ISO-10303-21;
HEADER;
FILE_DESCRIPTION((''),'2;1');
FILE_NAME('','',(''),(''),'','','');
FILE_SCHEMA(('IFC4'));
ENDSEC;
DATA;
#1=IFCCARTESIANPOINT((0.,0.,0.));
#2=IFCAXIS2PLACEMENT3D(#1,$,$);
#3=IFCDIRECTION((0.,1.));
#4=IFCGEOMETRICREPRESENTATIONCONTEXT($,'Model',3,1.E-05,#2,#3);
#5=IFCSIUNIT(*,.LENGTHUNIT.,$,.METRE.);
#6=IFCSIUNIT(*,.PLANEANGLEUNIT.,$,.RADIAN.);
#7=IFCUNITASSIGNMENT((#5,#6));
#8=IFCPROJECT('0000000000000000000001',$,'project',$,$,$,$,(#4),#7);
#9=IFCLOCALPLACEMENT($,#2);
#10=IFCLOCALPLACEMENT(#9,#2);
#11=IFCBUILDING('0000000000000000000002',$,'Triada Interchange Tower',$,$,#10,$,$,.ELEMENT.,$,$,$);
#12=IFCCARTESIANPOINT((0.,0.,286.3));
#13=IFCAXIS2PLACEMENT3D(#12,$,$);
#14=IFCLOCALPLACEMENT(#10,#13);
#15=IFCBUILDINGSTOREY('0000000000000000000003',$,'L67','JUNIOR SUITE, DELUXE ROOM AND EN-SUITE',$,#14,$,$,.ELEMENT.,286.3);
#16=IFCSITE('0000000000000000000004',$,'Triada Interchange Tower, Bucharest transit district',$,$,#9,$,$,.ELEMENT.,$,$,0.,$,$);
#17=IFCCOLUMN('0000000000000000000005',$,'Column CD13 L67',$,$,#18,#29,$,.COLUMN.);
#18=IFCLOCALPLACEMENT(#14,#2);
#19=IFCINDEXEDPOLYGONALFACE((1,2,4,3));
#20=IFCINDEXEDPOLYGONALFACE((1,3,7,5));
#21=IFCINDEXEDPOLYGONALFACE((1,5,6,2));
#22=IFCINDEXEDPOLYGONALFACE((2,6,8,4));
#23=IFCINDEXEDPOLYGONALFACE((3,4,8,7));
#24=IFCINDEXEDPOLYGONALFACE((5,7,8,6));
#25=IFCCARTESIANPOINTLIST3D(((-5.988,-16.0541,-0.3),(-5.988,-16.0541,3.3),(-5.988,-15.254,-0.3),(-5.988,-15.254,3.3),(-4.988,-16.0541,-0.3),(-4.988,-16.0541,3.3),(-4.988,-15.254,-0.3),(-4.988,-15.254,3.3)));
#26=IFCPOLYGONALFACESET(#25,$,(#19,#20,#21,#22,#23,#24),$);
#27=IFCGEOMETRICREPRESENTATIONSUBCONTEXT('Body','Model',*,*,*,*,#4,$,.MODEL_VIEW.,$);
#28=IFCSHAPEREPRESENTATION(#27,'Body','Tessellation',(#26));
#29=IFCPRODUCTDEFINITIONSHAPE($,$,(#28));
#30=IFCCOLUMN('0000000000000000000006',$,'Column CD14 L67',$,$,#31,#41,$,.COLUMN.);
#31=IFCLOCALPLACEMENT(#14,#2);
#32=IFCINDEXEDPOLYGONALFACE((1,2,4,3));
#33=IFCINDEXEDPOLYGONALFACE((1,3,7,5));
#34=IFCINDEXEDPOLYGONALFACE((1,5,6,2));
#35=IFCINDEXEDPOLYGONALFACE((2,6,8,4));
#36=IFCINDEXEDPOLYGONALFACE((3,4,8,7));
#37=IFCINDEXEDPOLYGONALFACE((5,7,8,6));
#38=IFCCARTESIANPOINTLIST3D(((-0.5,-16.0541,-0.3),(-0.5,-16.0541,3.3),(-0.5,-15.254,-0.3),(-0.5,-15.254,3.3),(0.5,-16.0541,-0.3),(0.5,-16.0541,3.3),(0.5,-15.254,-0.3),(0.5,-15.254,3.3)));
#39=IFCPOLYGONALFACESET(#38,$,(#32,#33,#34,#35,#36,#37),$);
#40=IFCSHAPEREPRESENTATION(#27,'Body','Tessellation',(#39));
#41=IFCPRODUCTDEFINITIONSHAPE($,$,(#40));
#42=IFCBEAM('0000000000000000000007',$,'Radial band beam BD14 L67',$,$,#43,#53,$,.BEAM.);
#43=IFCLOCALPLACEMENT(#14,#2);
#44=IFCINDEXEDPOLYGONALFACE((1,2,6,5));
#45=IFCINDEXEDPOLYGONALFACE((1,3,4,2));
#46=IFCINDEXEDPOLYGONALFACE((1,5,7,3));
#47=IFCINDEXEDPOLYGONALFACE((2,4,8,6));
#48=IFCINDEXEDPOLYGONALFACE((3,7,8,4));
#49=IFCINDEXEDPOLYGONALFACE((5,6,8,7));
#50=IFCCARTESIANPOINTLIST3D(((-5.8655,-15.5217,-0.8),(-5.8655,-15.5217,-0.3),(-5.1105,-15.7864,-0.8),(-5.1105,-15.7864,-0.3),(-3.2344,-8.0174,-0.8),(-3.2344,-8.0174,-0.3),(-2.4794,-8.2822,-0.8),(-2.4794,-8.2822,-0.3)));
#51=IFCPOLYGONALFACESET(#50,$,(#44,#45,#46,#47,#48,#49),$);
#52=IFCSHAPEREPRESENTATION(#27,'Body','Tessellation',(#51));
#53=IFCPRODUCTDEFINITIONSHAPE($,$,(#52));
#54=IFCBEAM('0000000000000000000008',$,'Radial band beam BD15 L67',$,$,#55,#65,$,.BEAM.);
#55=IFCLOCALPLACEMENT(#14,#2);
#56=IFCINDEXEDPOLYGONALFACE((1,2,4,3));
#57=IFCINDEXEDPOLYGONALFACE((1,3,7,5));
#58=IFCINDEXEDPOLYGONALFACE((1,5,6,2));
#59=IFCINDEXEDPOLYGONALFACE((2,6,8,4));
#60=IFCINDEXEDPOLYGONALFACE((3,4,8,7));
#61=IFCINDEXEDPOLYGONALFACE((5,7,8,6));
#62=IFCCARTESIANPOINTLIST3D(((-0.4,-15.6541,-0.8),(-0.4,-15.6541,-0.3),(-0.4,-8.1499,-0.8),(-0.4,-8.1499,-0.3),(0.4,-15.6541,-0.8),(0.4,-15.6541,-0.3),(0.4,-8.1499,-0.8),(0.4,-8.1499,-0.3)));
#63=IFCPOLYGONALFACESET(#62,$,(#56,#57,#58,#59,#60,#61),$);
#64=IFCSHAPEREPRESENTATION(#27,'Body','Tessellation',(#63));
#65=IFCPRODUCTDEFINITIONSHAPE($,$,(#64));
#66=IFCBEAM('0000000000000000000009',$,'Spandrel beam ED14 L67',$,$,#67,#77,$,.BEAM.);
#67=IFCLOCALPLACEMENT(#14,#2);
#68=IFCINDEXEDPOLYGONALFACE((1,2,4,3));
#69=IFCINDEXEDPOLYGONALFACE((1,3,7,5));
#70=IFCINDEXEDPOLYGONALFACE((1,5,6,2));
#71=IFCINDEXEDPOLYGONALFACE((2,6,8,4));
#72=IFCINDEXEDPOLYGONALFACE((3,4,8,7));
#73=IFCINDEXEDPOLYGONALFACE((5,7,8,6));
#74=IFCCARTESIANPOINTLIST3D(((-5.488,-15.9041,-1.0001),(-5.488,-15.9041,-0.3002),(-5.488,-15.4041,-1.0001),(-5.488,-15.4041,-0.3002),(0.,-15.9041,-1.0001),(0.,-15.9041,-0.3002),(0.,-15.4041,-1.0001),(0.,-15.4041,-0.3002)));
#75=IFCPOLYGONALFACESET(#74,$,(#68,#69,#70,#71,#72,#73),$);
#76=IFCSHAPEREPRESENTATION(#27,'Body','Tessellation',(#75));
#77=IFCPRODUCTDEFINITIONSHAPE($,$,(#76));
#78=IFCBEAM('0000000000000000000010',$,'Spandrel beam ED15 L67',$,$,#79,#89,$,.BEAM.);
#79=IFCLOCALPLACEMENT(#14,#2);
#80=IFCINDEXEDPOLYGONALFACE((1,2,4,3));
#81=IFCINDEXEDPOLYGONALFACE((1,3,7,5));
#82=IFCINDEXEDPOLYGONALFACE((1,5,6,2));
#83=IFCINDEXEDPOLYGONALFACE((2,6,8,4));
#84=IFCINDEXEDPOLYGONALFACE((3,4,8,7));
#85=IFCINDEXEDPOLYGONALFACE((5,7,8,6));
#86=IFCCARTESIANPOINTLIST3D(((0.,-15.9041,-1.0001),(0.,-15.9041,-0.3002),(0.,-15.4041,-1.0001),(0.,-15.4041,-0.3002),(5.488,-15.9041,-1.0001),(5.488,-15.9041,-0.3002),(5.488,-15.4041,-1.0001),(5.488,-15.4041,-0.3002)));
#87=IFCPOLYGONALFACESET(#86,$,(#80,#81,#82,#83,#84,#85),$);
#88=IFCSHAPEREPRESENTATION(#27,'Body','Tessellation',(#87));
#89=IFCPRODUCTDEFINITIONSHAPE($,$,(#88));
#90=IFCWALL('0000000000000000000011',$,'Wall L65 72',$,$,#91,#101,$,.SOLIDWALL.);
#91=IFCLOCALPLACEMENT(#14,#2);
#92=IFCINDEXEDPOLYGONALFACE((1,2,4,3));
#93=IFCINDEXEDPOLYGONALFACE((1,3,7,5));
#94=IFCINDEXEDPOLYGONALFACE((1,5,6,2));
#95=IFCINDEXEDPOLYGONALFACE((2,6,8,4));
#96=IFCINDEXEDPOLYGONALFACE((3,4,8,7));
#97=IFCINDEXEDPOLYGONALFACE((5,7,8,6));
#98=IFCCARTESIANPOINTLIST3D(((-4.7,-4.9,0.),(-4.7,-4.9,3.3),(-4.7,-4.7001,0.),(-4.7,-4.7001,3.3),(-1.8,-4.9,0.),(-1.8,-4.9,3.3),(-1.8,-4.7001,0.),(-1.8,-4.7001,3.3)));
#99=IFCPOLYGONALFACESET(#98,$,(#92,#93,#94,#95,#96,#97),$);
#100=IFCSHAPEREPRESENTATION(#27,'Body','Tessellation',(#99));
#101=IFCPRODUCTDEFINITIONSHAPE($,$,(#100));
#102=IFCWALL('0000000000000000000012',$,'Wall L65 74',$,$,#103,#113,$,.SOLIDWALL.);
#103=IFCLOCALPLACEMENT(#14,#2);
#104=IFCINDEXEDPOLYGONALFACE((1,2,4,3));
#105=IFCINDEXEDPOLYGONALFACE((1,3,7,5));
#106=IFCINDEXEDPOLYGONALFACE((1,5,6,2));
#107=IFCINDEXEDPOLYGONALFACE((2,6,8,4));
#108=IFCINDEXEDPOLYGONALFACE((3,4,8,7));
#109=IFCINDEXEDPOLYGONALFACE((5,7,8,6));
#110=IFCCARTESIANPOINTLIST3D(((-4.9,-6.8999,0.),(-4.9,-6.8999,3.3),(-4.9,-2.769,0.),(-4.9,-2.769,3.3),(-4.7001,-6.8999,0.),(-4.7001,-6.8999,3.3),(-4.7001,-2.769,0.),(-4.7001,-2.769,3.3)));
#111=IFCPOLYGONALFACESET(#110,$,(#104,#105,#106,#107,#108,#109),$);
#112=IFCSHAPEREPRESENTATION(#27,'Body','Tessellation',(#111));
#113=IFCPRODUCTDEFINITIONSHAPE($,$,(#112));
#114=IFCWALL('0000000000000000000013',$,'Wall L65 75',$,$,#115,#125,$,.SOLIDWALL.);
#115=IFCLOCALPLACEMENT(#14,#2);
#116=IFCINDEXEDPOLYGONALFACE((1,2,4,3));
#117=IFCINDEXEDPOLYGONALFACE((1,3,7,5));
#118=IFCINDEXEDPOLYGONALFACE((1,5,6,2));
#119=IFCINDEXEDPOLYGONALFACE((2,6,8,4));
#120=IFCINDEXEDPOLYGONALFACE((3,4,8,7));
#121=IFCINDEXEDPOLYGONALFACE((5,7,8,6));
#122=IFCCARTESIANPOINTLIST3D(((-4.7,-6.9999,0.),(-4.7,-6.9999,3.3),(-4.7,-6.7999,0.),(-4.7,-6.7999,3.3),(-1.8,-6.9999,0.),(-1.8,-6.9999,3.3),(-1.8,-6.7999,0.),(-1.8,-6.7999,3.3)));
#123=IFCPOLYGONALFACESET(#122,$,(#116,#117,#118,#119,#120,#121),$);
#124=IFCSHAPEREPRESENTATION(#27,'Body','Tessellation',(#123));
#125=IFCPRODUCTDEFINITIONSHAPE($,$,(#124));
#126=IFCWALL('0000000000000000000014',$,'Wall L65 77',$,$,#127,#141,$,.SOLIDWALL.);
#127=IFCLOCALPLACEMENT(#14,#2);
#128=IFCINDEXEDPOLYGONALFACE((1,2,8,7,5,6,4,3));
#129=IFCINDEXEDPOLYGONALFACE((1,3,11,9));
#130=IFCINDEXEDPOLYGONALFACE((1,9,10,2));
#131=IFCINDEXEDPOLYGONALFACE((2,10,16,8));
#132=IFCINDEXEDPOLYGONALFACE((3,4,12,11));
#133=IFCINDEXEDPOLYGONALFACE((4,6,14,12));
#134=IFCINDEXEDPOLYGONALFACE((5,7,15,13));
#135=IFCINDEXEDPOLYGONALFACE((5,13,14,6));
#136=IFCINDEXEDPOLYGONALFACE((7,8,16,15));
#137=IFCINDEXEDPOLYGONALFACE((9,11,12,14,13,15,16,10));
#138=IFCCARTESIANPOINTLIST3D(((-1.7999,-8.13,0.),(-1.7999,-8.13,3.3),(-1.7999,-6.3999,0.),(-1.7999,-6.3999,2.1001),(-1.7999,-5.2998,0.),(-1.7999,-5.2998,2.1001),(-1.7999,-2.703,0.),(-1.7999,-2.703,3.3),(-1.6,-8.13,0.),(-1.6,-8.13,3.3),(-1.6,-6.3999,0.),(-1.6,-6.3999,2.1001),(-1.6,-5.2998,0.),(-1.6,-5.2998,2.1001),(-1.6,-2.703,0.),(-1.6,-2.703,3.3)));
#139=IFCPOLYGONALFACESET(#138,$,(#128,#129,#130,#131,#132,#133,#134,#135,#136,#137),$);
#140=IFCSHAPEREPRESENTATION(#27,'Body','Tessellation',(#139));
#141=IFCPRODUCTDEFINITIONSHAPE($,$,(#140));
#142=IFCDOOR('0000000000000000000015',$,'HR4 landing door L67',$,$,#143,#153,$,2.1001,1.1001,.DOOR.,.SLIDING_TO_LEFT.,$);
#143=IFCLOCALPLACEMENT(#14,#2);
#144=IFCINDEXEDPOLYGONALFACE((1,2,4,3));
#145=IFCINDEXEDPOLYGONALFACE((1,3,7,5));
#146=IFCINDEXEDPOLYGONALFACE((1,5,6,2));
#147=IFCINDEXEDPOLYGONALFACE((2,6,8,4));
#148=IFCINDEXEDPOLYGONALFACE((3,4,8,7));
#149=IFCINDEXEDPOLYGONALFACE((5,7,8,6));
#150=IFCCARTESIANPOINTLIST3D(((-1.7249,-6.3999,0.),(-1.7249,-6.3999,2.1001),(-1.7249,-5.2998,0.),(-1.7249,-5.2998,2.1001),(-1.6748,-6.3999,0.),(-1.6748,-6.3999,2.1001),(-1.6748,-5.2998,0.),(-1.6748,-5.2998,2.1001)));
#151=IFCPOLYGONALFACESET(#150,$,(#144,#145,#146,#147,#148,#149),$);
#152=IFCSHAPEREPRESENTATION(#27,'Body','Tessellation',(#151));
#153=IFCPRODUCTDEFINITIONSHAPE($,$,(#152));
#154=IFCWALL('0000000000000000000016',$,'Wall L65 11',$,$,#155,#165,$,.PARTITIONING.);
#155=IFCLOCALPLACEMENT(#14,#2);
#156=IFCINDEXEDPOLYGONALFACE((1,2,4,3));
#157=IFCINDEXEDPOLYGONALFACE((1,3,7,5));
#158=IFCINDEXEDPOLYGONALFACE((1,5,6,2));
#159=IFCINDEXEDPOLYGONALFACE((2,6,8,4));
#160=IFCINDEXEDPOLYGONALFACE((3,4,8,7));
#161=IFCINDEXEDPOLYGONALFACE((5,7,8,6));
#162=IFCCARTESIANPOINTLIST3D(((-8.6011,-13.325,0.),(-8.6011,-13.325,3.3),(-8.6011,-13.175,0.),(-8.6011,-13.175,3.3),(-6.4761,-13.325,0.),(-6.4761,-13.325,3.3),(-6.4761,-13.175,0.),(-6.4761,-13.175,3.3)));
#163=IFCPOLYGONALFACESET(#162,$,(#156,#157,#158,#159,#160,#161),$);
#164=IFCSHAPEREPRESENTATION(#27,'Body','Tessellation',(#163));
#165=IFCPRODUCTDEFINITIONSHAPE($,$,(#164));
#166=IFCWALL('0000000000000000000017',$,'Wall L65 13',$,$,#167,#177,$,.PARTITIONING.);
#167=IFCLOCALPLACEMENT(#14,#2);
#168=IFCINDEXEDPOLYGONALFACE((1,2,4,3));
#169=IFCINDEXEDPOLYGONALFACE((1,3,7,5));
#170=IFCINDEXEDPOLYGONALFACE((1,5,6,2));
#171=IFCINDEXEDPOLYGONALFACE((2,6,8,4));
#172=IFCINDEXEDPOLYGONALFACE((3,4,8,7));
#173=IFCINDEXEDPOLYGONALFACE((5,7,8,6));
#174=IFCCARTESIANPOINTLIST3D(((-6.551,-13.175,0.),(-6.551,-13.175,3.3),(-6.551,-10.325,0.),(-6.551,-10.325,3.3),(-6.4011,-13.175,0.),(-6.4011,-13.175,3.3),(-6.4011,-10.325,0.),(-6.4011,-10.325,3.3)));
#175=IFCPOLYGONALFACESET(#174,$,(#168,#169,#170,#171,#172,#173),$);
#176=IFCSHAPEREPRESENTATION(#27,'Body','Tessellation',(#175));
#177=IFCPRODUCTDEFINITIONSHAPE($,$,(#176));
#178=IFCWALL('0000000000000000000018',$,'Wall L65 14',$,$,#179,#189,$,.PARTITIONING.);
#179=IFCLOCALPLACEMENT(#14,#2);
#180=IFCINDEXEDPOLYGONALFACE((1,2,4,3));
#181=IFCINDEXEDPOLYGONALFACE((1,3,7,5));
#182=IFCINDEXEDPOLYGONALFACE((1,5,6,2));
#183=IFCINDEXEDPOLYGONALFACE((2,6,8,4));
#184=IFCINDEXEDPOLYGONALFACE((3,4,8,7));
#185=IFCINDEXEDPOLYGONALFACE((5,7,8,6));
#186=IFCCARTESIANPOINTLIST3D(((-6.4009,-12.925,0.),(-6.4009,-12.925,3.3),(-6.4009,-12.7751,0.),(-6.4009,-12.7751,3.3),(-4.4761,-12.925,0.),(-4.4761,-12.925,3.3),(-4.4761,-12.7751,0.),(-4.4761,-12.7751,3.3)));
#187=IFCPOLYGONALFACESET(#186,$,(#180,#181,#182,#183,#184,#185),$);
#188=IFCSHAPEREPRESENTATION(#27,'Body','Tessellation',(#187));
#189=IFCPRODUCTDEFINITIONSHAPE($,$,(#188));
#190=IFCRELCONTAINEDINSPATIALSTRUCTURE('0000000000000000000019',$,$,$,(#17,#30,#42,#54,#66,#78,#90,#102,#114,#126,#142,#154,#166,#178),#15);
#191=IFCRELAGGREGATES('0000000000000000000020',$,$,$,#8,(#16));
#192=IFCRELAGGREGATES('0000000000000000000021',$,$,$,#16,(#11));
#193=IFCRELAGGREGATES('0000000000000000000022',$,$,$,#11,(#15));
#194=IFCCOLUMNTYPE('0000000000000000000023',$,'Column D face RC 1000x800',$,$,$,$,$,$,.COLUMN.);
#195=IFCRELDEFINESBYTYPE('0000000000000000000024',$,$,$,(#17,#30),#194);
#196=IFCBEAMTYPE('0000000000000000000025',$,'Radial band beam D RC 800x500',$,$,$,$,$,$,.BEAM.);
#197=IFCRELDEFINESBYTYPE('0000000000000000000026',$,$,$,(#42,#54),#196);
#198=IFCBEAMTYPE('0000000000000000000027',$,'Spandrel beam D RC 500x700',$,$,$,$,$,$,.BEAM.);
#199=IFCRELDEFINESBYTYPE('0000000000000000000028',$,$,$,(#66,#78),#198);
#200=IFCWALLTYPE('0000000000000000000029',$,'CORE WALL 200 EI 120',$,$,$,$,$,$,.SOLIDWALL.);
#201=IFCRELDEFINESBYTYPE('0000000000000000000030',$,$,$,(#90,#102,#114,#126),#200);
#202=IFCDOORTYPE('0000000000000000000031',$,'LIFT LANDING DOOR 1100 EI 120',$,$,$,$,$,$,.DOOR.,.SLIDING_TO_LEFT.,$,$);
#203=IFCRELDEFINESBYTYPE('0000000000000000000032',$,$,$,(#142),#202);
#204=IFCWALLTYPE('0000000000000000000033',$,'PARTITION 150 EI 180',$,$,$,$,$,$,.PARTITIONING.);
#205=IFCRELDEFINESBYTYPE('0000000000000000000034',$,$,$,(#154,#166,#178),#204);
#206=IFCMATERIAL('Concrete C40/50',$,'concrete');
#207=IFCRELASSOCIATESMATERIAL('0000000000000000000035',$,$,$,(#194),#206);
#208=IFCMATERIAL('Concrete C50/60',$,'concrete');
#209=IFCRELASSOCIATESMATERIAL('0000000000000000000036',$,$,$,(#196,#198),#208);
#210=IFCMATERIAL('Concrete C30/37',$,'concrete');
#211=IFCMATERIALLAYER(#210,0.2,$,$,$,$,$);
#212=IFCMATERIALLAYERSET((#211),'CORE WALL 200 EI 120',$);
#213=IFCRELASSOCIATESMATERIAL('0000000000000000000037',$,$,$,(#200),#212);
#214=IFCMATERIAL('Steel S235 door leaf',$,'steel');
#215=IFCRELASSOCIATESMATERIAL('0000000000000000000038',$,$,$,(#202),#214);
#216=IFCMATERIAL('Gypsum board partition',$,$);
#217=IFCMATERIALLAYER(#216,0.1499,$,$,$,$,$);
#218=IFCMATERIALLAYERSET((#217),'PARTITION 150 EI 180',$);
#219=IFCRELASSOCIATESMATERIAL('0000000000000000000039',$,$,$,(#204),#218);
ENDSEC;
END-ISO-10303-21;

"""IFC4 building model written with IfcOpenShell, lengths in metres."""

from ifc_helpers import new_model, si_unit, direction, frame, frame_2d, origin, origin_2d, place, context, subcontext, project, spatial, rectangle, extrude, material, layer, layer_set, material_profile, profile_set, type_object, element, fill, save


model = new_model("IFC4")

# Units and contexts
model_context = context("Model", 3, precision=1e-05, world=origin(), true_north=direction((0.0, 1.0)))
body_context = subcontext(model_context, "Body", "Model", "MODEL_VIEW")
ifc_project = project(units=[si_unit("LENGTHUNIT", "METRE"), si_unit("PLANEANGLEUNIT", "RADIAN")], contexts=[model_context])

# Site, building, storey
site_placement = place(None, origin())
site = spatial("IfcSite", under=ifc_project, at=site_placement, Name="Triada Interchange Tower, Bucharest transit district", CompositionType="ELEMENT", RefElevation=0.0)
building_placement = place(site_placement, origin())
building = spatial("IfcBuilding", under=site, at=building_placement, Name="Triada Interchange Tower", CompositionType="ELEMENT")
storey_placement = place(building_placement, frame((0.0, 0.0, 286.3)))
storey = spatial("IfcBuildingStorey", under=building, at=storey_placement, Name="L67", Description="JUNIOR SUITE, DELUXE ROOM AND EN-SUITE", CompositionType="ELEMENT", Elevation=286.3)

# Columns
ifc_material_1 = material(Name="Concrete C40/50", Category="concrete")
ifc_material_profile_1 = material_profile(ifc_material_1, rectangle(XDim=1.0, YDim=0.8, at=origin_2d()), Name="RC 1000x800")
ifc_profile_set_1 = profile_set([ifc_material_profile_1], Name="Concrete C40/50")
column_type = type_object("IfcColumnType", Name="Column D face RC 1000x800", PredefinedType="COLUMN", material=ifc_profile_set_1)
for number, where, z_axis, x_axis, name in (
    (1, (-5.488, -15.6541, -0.3), (0.0, 0.0, 1.0), (1.0, 0.0, 0.0), "Column CD13 L67"),
    (2, (0.0, -15.6541, -0.3), (0.0, 0.0, 1.0), (1.0, 0.0, 0.0), "Column CD14 L67"),
):
    element("IfcColumn", number, at=place(storey_placement, frame(where, z_axis=z_axis, x_axis=x_axis)), inside=storey, type_object=column_type, Name=name, PredefinedType="COLUMN", context=body_context, shape_type="SweptSolid", body=[
        extrude(rectangle(XDim=1.0, YDim=0.8, at=origin_2d()), origin(), (0.0, 0.0, 1.0), 3.6001),
    ])

# Beams
ifc_material_2 = material(Name="Concrete C50/60", Category="concrete")
ifc_material_profile_2 = material_profile(ifc_material_2, rectangle(XDim=0.8, YDim=0.5, at=origin_2d()), Name="RC 800x500")
ifc_profile_set_2 = profile_set([ifc_material_profile_2], Name="Concrete C50/60")
beam_type_1 = type_object("IfcBeamType", Name="Radial band beam D RC 800x500", PredefinedType="BEAM", material=ifc_profile_set_2)
beam_1_placement = place(storey_placement, frame((-5.488, -15.6541, -0.55), z_axis=(0.330871, 0.943676, 0.0), x_axis=(-0.943676, 0.330871, 0.0)))
element("IfcBeam", 3, at=beam_1_placement, inside=storey, type_object=beam_type_1, Name="Radial band beam BD14 L67", PredefinedType="BEAM", context=body_context, shape_type="SweptSolid", body=[
    extrude(rectangle(XDim=0.8, YDim=0.5, at=origin_2d()), origin(), (0.0, 0.0, 1.0), 7.9521),
])
beam_2_placement = place(storey_placement, frame((0.0, -15.6541, -0.55), z_axis=(0.0, 1.0, 0.0), x_axis=(-1.0, 0.0, 0.0)))
element("IfcBeam", 4, at=beam_2_placement, inside=storey, type_object=beam_type_1, Name="Radial band beam BD15 L67", PredefinedType="BEAM", context=body_context, shape_type="SweptSolid", body=[
    extrude(rectangle(XDim=0.8, YDim=0.5, at=origin_2d()), origin(), (0.0, 0.0, 1.0), 7.5042),
])
ifc_material_profile_3 = material_profile(ifc_material_2, rectangle(XDim=0.5, YDim=0.7, at=origin_2d()), Name="RC 500x700")
ifc_profile_set_3 = profile_set([ifc_material_profile_3], Name="Concrete C50/60")
beam_type_2 = type_object("IfcBeamType", Name="Spandrel beam D RC 500x700", PredefinedType="BEAM", material=ifc_profile_set_3)
for number, where, z_axis, x_axis, name in (
    (5, (-5.488, -15.6541, -0.6501), (1.0, 0.0, 0.0), (0.0, 1.0, 0.0), "Spandrel beam ED14 L67"),
    (6, (0.0, -15.6541, -0.6501), (1.0, 0.0, 0.0), (0.0, 1.0, 0.0), "Spandrel beam ED15 L67"),
):
    element("IfcBeam", number, at=place(storey_placement, frame(where, z_axis=z_axis, x_axis=x_axis)), inside=storey, type_object=beam_type_2, Name=name, PredefinedType="BEAM", context=body_context, shape_type="SweptSolid", body=[
        extrude(rectangle(XDim=0.5, YDim=0.7, at=origin_2d()), origin(), (0.0, 0.0, 1.0), 5.488),
    ])

# Walls
ifc_material_3 = material(Name="Concrete C30/37", Category="concrete")
ifc_layer_1 = layer(ifc_material_3, 0.2)
ifc_layer_set_1 = layer_set([ifc_layer_1], Name="CORE WALL 200 EI 120")
wall_type_1 = type_object("IfcWallType", Name="CORE WALL 200 EI 120", PredefinedType="SOLIDWALL", material=ifc_layer_set_1)
wall_1_placement = place(storey_placement, frame((-4.7, -4.8, 0.0), z_axis=(0.0, 0.0, 1.0), x_axis=(1.0, 0.0, 0.0)))
element("IfcWall", 7, at=wall_1_placement, inside=storey, type_object=wall_type_1, Name="Wall L65 72", PredefinedType="SOLIDWALL", context=body_context, shape_type="SweptSolid", body=[
    extrude(rectangle(XDim=2.8999, YDim=0.2, at=frame_2d((1.45, 0.0))), origin(), (0.0, 0.0, 1.0), 3.3),
])
wall_2_placement = place(storey_placement, frame((-4.8, -6.8999, 0.0), z_axis=(0.0, 0.0, 1.0), x_axis=(0.0, 1.0, 0.0)))
element("IfcWall", 8, at=wall_2_placement, inside=storey, type_object=wall_type_1, Name="Wall L65 74", PredefinedType="SOLIDWALL", context=body_context, shape_type="SweptSolid", body=[
    extrude(rectangle(XDim=4.1309, YDim=0.2, at=frame_2d((2.0654, 0.0))), origin(), (0.0, 0.0, 1.0), 3.3),
])
wall_3_placement = place(storey_placement, frame((-4.7, -6.8999, 0.0), z_axis=(0.0, 0.0, 1.0), x_axis=(1.0, 0.0, 0.0)))
element("IfcWall", 9, at=wall_3_placement, inside=storey, type_object=wall_type_1, Name="Wall L65 75", PredefinedType="SOLIDWALL", context=body_context, shape_type="SweptSolid", body=[
    extrude(rectangle(XDim=2.8999, YDim=0.2, at=frame_2d((1.45, 0.0))), origin(), (0.0, 0.0, 1.0), 3.3),
])

# Wall, opening, door
wall_4_placement = place(storey_placement, frame((-1.7, -8.1299, 0.0), z_axis=(0.0, 0.0, 1.0), x_axis=(0.0, 1.0, 0.0)))
wall_4 = element("IfcWall", 10, at=wall_4_placement, inside=storey, type_object=wall_type_1, Name="Wall L65 77", PredefinedType="SOLIDWALL", context=body_context, shape_type="SweptSolid", body=[
    extrude(rectangle(XDim=5.427, YDim=0.2, at=frame_2d((2.7134, 0.0))), origin(), (0.0, 0.0, 1.0), 3.3),
])
opening_placement = place(wall_4_placement, frame((1.73, 0.0, 0.0)))
opening = element("IfcOpeningElement", 11, at=opening_placement, cuts=wall_4, PredefinedType="OPENING", context=body_context, shape_type="SweptSolid", body=[
    extrude(rectangle(XDim=1.1001, YDim=2.1001, at=frame_2d((0.55, 1.05))), frame((0.0, 0.1099, 0.0), z_axis=(0.0, -1.0, 0.0), x_axis=(1.0, 0.0, 0.0)), (0.0, 0.0, 1.0), 0.22),
])
ifc_material_4 = material(Name="Steel S235 door leaf", Category="steel")
door_type = type_object("IfcDoorType", Name="LIFT LANDING DOOR 1100 EI 120", OperationType="SLIDING_TO_LEFT", PredefinedType="DOOR", material=ifc_material_4)
door_placement = place(opening_placement, origin())
door = element("IfcDoor", 12, at=door_placement, inside=storey, type_object=door_type, Name="HR4 landing door L67", OperationType="SLIDING_TO_LEFT", OverallHeight=2.1001, OverallWidth=1.1001, PredefinedType="DOOR", context=body_context, shape_type="SweptSolid", body=[
    extrude(rectangle(XDim=1.1001, YDim=2.1001, at=frame_2d((0.55, 1.05))), frame((0.0, 0.0249, 0.0), z_axis=(0.0, -1.0, 0.0), x_axis=(1.0, 0.0, 0.0)), (0.0, 0.0, 1.0), 0.05),
])
fill(opening, door)

# Walls
ifc_material_5 = material(Name="Gypsum board partition")
ifc_layer_2 = layer(ifc_material_5, 0.1499)
ifc_layer_set_2 = layer_set([ifc_layer_2], Name="PARTITION 150 EI 180")
wall_type_2 = type_object("IfcWallType", Name="PARTITION 150 EI 180", PredefinedType="PARTITIONING", material=ifc_layer_set_2)
wall_5_placement = place(storey_placement, frame((-8.6011, -13.25, 0.0), z_axis=(0.0, 0.0, 1.0), x_axis=(1.0, 0.0, 0.0)))
element("IfcWall", 13, at=wall_5_placement, inside=storey, type_object=wall_type_2, Name="Wall L65 11", PredefinedType="PARTITIONING", context=body_context, shape_type="SweptSolid", body=[
    extrude(rectangle(XDim=2.125, YDim=0.1499, at=frame_2d((1.0625, 0.0))), origin(), (0.0, 0.0, 1.0), 3.3),
])
wall_6_placement = place(storey_placement, frame((-6.4761, -13.175, 0.0), z_axis=(0.0, 0.0, 1.0), x_axis=(0.0, 1.0, 0.0)))
element("IfcWall", 14, at=wall_6_placement, inside=storey, type_object=wall_type_2, Name="Wall L65 13", PredefinedType="PARTITIONING", context=body_context, shape_type="SweptSolid", body=[
    extrude(rectangle(XDim=2.8501, YDim=0.1499, at=frame_2d((1.425, 0.0))), origin(), (0.0, 0.0, 1.0), 3.3),
])
wall_7_placement = place(storey_placement, frame((-6.4009, -12.8501, 0.0), z_axis=(0.0, 0.0, 1.0), x_axis=(1.0, 0.0, 0.0)))
element("IfcWall", 15, at=wall_7_placement, inside=storey, type_object=wall_type_2, Name="Wall L65 14", PredefinedType="PARTITIONING", context=body_context, shape_type="SweptSolid", body=[
    extrude(rectangle(XDim=1.9248, YDim=0.1499, at=frame_2d((0.9624, 0.0))), origin(), (0.0, 0.0, 1.0), 3.3),
])

save(model, "model.ifc")
